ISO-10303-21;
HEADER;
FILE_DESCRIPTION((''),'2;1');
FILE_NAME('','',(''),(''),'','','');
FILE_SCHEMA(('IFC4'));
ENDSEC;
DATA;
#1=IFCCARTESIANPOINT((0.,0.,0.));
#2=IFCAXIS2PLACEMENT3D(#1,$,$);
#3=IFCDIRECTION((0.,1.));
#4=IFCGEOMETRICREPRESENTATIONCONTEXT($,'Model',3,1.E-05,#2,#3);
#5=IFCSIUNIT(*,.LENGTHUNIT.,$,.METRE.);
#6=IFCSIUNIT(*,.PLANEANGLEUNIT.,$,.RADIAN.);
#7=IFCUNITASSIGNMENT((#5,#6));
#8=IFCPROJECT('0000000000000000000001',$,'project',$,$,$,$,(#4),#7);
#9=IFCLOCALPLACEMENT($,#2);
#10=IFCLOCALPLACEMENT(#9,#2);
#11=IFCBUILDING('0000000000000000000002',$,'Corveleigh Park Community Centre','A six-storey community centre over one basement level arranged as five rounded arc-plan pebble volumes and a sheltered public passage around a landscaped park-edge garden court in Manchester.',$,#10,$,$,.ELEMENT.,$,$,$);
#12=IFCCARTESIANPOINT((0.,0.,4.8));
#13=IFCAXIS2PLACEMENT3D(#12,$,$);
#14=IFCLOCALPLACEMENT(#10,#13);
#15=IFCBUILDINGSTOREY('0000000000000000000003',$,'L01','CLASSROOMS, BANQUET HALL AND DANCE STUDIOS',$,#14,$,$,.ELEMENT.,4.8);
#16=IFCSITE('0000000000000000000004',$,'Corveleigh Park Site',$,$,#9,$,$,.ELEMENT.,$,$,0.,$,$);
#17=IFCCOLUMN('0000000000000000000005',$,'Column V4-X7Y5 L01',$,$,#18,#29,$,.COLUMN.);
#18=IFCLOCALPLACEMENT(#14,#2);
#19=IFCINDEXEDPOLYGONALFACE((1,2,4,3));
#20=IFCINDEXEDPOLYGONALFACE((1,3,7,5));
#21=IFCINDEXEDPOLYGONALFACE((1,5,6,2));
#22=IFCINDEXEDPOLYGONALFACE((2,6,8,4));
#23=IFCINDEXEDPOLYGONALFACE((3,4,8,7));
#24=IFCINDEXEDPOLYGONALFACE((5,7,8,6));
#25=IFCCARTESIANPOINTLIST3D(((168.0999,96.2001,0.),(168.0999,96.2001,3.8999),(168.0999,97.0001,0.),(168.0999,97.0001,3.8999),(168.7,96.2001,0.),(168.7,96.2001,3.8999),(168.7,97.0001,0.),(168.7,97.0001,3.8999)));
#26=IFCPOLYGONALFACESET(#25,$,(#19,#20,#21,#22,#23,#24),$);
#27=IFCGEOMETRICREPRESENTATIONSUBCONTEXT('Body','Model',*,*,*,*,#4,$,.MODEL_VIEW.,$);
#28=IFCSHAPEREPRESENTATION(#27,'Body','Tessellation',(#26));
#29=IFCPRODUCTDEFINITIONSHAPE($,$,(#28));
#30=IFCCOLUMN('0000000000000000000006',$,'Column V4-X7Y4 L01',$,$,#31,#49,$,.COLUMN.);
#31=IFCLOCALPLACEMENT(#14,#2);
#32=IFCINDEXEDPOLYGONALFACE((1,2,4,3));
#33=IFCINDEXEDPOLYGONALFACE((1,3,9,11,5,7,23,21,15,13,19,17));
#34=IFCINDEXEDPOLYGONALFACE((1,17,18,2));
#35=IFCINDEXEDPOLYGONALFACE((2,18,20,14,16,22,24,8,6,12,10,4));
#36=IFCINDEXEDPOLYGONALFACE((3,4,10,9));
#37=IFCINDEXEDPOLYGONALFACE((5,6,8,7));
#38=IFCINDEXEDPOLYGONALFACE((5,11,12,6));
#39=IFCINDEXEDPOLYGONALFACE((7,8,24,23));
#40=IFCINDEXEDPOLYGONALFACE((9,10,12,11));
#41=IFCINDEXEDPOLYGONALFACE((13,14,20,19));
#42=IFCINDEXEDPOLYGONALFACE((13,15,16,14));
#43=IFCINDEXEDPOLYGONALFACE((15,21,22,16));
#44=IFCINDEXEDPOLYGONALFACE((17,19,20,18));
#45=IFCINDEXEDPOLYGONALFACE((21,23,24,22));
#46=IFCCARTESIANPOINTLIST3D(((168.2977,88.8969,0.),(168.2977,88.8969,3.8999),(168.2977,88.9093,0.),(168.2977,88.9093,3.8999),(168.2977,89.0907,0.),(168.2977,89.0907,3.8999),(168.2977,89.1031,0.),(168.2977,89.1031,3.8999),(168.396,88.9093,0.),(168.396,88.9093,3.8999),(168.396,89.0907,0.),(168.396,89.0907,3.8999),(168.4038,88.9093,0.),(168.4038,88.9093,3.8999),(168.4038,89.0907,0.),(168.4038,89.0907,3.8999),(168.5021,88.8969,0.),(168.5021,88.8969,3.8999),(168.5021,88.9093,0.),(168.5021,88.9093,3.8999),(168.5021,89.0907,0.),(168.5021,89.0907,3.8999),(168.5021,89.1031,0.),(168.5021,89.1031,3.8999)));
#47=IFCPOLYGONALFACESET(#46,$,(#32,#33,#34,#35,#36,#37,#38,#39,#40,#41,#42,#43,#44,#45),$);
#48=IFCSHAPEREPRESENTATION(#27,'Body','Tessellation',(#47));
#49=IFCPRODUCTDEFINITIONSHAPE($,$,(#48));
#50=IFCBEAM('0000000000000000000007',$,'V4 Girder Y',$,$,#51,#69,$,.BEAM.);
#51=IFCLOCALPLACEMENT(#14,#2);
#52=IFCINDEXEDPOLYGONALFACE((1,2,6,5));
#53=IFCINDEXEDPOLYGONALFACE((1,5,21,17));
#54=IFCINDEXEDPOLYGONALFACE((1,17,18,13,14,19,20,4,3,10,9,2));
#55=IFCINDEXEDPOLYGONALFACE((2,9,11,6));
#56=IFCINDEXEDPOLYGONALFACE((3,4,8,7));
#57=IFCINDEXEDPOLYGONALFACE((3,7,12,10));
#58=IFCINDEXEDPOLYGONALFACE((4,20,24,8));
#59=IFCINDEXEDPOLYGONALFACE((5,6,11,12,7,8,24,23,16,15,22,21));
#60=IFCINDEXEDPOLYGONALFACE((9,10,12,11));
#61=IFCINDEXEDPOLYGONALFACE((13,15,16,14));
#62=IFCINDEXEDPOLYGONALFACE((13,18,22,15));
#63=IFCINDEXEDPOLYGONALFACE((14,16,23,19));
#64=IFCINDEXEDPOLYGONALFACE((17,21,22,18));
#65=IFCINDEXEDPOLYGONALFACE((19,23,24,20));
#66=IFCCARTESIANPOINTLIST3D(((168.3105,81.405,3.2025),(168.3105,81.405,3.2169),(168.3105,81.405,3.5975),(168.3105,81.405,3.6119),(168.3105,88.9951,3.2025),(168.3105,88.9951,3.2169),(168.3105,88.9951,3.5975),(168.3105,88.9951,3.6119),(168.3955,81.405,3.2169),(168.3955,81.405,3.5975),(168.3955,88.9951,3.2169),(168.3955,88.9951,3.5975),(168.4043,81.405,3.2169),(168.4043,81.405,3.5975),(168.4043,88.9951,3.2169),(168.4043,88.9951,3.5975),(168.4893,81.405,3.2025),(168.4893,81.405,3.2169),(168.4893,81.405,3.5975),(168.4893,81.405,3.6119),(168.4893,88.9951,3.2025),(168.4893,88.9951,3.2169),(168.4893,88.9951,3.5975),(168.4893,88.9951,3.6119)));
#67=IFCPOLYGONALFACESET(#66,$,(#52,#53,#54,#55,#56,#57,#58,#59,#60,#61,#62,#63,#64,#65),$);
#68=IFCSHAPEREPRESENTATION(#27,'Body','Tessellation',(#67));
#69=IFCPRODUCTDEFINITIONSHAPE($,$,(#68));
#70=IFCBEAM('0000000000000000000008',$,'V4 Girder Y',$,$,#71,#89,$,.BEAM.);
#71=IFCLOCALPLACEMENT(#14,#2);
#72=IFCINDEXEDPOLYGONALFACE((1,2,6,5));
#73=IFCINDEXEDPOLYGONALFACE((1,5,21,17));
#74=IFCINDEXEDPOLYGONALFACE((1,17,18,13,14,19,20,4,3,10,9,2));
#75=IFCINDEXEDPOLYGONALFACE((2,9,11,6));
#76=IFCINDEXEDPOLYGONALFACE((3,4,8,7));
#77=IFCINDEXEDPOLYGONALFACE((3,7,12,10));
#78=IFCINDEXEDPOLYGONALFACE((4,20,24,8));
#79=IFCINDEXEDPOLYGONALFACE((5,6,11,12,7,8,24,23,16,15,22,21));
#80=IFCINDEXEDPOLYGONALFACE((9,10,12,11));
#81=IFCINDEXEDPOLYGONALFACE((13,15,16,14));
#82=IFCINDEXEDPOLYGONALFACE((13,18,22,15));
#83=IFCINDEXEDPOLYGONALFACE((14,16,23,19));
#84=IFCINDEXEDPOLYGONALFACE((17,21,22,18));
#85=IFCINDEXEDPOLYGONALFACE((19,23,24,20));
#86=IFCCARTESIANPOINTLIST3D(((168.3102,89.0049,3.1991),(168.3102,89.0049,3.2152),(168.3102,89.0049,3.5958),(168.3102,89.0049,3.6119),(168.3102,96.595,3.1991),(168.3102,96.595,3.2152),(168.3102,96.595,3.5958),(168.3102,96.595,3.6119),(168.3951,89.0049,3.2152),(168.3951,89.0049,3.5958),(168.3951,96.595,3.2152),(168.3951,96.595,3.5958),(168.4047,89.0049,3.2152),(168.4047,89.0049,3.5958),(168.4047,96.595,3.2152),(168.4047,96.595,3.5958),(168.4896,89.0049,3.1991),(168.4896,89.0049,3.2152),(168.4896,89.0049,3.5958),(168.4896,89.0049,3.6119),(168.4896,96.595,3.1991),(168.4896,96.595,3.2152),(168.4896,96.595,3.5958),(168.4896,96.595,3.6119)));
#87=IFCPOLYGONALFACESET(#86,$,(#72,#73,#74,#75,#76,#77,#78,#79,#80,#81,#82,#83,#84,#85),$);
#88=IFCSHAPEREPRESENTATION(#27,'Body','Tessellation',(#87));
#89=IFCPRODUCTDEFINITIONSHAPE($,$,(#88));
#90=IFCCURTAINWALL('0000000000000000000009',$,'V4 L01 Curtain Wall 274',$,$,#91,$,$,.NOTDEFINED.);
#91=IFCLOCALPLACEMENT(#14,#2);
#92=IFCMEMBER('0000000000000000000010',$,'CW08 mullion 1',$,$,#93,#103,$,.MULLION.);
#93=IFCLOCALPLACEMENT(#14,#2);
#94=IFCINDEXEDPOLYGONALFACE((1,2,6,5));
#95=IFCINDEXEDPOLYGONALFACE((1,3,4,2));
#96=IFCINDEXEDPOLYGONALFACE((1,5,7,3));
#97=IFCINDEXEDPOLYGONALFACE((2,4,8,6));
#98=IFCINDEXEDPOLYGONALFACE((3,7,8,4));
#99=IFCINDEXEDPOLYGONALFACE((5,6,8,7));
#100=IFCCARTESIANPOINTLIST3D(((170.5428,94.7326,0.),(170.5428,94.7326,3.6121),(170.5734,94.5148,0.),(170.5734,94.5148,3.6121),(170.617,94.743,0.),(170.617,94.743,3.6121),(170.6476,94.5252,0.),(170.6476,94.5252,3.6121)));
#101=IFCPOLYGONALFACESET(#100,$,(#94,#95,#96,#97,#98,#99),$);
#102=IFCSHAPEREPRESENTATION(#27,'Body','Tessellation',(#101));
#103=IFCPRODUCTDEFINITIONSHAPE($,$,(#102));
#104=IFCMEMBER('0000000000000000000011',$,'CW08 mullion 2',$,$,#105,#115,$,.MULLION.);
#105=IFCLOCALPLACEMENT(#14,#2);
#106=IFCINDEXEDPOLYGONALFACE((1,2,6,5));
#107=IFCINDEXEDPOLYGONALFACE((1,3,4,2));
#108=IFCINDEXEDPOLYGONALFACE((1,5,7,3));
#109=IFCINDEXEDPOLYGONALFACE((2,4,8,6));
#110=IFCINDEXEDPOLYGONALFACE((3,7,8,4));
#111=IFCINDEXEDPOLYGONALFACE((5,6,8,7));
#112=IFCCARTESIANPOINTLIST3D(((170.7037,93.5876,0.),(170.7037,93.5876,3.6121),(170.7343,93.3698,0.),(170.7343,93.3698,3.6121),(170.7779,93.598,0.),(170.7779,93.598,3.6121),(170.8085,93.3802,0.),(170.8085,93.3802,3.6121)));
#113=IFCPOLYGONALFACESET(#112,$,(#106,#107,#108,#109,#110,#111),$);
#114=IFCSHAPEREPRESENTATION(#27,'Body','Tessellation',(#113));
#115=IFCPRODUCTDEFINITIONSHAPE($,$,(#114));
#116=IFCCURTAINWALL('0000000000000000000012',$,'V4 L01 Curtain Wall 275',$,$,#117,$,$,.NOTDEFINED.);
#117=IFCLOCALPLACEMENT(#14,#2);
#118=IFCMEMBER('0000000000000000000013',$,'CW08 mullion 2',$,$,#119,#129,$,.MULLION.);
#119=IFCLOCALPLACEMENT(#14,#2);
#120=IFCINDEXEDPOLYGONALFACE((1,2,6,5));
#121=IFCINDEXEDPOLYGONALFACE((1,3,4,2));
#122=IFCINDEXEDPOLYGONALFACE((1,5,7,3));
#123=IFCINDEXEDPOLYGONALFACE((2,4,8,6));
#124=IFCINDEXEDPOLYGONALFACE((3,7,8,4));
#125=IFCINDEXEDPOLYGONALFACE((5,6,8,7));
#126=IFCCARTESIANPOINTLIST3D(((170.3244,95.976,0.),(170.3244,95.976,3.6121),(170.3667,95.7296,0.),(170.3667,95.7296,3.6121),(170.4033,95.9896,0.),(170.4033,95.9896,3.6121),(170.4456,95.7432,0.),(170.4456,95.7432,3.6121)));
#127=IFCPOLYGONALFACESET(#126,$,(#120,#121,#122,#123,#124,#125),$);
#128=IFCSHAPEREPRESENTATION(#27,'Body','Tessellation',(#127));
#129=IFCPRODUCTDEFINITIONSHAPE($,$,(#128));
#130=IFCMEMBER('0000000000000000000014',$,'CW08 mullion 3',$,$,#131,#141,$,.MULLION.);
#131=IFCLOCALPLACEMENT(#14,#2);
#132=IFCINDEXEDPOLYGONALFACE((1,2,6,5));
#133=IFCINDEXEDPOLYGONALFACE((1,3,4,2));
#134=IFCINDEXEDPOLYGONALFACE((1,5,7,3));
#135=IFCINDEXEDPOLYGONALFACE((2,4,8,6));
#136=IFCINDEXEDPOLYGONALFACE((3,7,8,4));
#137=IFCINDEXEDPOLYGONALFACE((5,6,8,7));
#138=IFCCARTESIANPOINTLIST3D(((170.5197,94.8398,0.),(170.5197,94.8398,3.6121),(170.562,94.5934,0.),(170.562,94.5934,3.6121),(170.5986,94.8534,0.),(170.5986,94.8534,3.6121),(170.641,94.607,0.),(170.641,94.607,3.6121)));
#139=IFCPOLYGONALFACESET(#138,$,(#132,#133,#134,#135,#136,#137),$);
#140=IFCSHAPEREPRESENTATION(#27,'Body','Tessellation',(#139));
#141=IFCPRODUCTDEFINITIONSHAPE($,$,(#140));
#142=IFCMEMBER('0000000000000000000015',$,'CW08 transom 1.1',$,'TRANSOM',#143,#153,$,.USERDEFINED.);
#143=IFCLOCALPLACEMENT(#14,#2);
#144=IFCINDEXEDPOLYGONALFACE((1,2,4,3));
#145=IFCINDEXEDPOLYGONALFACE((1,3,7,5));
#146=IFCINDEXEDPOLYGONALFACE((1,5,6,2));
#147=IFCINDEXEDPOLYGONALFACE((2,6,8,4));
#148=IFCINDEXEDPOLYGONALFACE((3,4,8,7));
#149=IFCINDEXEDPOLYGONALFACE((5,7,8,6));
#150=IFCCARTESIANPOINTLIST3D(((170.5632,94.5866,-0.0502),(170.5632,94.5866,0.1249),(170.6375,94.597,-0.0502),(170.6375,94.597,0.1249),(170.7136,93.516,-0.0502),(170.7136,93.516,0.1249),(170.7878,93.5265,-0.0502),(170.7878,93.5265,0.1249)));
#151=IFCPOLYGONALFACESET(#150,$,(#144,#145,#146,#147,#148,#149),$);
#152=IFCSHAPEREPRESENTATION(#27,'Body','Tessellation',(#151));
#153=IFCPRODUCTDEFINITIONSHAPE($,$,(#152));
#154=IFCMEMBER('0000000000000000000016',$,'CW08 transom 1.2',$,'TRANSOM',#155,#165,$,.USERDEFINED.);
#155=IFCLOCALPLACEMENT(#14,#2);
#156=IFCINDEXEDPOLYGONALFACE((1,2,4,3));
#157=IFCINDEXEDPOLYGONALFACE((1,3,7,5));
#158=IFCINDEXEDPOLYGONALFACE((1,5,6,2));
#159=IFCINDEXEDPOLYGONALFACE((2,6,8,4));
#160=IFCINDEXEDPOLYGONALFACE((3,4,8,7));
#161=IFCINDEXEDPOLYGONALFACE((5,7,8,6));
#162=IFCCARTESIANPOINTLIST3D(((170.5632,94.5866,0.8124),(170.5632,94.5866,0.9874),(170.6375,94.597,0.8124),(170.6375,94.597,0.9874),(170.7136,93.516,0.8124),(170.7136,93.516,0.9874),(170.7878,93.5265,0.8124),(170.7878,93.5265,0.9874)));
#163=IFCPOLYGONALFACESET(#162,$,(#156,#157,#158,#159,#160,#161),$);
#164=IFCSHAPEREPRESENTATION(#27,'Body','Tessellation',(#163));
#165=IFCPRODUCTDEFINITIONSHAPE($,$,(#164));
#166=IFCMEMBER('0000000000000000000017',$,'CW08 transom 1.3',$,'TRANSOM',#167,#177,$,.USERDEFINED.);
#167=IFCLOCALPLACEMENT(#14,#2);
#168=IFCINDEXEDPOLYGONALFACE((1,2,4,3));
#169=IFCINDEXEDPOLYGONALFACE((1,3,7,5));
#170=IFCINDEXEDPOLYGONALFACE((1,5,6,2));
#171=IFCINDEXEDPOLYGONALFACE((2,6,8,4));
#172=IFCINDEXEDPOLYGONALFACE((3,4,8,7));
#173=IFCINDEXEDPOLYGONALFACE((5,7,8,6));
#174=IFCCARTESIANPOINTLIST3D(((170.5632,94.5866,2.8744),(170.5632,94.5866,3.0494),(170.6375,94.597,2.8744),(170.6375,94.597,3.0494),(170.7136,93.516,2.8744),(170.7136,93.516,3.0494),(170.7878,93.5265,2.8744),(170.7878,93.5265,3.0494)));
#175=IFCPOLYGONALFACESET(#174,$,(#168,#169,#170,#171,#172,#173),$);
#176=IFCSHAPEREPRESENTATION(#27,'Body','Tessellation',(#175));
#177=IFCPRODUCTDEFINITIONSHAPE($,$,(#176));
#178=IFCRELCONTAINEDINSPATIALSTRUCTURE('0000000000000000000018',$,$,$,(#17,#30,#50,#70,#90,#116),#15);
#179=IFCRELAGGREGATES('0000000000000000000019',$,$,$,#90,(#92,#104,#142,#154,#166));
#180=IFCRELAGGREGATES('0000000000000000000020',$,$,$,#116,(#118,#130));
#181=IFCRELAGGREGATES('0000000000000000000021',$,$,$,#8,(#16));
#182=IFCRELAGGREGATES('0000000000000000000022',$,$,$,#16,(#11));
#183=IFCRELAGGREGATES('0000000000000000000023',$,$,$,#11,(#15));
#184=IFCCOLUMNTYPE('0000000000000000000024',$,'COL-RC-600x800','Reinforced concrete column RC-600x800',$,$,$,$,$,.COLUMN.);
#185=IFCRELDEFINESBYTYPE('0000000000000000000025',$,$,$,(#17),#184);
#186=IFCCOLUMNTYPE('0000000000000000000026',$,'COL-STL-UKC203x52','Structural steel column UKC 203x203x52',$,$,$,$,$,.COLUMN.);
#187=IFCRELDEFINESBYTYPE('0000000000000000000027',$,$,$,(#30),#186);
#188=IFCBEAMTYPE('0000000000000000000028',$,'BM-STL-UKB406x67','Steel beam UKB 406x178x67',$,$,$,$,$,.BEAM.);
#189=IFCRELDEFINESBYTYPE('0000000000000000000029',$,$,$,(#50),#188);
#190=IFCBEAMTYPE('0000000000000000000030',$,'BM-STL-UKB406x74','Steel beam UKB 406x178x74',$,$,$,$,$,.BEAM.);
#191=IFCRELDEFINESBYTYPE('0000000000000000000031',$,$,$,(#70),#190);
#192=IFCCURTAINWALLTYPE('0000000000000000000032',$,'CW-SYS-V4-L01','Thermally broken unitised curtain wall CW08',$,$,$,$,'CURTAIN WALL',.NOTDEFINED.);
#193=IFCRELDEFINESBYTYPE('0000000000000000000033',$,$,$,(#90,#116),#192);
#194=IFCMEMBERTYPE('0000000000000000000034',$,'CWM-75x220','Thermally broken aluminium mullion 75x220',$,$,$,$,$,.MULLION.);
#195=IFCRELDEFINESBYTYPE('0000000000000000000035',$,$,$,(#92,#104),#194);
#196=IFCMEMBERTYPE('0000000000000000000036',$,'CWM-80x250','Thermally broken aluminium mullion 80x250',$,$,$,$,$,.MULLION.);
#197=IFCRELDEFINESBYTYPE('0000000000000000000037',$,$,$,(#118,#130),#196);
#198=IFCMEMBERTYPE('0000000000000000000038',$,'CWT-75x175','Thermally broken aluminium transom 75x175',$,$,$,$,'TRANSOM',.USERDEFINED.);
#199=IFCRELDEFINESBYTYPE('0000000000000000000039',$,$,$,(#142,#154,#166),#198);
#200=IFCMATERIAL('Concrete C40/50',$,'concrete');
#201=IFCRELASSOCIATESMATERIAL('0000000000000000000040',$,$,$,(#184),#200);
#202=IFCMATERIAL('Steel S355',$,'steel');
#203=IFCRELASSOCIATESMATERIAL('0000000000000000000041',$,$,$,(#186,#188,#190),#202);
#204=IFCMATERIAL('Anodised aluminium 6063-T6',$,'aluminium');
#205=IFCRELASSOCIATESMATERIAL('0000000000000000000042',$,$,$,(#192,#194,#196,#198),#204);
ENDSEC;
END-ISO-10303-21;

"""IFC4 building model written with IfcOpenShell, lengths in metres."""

from ifc_helpers import new_model, si_unit, direction, frame, origin, origin_2d, place, context, subcontext, project, spatial, rectangle, i_section, extrude, material, material_profile, profile_set, type_object, element, aggregate, save


model = new_model("IFC4")

# Units and contexts
model_context = context("Model", 3, precision=1e-05, world=origin(), true_north=direction((0.0, 1.0)))
body_context = subcontext(model_context, "Body", "Model", "MODEL_VIEW")
ifc_project = project(units=[si_unit("LENGTHUNIT", "METRE"), si_unit("PLANEANGLEUNIT", "RADIAN")], contexts=[model_context])

# Site, building, storey
site_placement = place(None, origin())
site = spatial("IfcSite", under=ifc_project, at=site_placement, Name="Corveleigh Park Site", CompositionType="ELEMENT", RefElevation=0.0)
building_placement = place(site_placement, origin())
building = spatial("IfcBuilding", under=site, at=building_placement, Name="Corveleigh Park Community Centre", Description="A six-storey community centre over one basement level arranged as five rounded arc-plan pebble volumes and a sheltered public passage around a landscaped park-edge garden court in Manchester.", CompositionType="ELEMENT")
storey_placement = place(building_placement, frame((0.0, 0.0, 4.8)))
storey = spatial("IfcBuildingStorey", under=building, at=storey_placement, Name="L01", Description="CLASSROOMS, BANQUET HALL AND DANCE STUDIOS", CompositionType="ELEMENT", Elevation=4.8)

# Columns
ifc_material_1 = material(Name="Concrete C40/50", Category="concrete")
ifc_material_profile_1 = material_profile(ifc_material_1, rectangle(XDim=0.6001, YDim=0.8, at=origin_2d()), Name="RC-600x800", Category="concrete")
ifc_profile_set_1 = profile_set([ifc_material_profile_1], Name="Concrete C40/50")
column_type_1 = type_object("IfcColumnType", Name="COL-RC-600x800", Description="Reinforced concrete column RC-600x800", PredefinedType="COLUMN", material=ifc_profile_set_1)
column_1_placement = place(storey_placement, frame((168.3999, 96.6001, 0.0), z_axis=(0.0, 0.0, 1.0), x_axis=(1.0, 0.0, 0.0)))
element("IfcColumn", 1, at=column_1_placement, inside=storey, type_object=column_type_1, Name="Column V4-X7Y5 L01", PredefinedType="COLUMN", context=body_context, shape_type="SweptSolid", body=[
    extrude(rectangle(XDim=0.6001, YDim=0.8, at=origin_2d()), origin(), (0.0, 0.0, 1.0), 3.8999),
])
ifc_material_2 = material(Name="Steel S355", Category="steel")
ifc_material_profile_2 = material_profile(ifc_material_2, i_section(OverallWidth=0.2043, OverallDepth=0.2063, WebThickness=0.0078, FlangeThickness=0.0125, at=origin_2d()), Name="UKC 203x203x52", Category="steel")
ifc_profile_set_2 = profile_set([ifc_material_profile_2], Name="Steel S355")
column_type_2 = type_object("IfcColumnType", Name="COL-STL-UKC203x52", Description="Structural steel column UKC 203x203x52", PredefinedType="COLUMN", material=ifc_profile_set_2)
column_2_placement = place(storey_placement, frame((168.3999, 89.0, 0.0), z_axis=(0.0, 0.0, 1.0), x_axis=(1.0, 0.0, 0.0)))
element("IfcColumn", 2, at=column_2_placement, inside=storey, type_object=column_type_2, Name="Column V4-X7Y4 L01", PredefinedType="COLUMN", context=body_context, shape_type="SweptSolid", body=[
    extrude(i_section(OverallWidth=0.2043, OverallDepth=0.2063, WebThickness=0.0078, FlangeThickness=0.0125, at=origin_2d()), origin(), (0.0, 0.0, 1.0), 3.8999),
])

# Beams
ifc_material_profile_3 = material_profile(ifc_material_2, i_section(OverallWidth=0.1787, OverallDepth=0.4094, WebThickness=0.0088, FlangeThickness=0.0144, at=origin_2d()), Name="UKB 406x178x67", Category="steel")
ifc_profile_set_3 = profile_set([ifc_material_profile_3], Name="Steel S355")
beam_type_1 = type_object("IfcBeamType", Name="BM-STL-UKB406x67", Description="Steel beam UKB 406x178x67", PredefinedType="BEAM", material=ifc_profile_set_3)
beam_1_placement = place(storey_placement, frame((168.3999, 81.405, 3.4072), z_axis=(0.0, 1.0, 0.0), x_axis=(-1.0, 0.0, 0.0)))
element("IfcBeam", 3, at=beam_1_placement, inside=storey, type_object=beam_type_1, Name="V4 Girder Y", PredefinedType="BEAM", context=body_context, shape_type="SweptSolid", body=[
    extrude(i_section(OverallWidth=0.1787, OverallDepth=0.4094, WebThickness=0.0088, FlangeThickness=0.0144, at=origin_2d()), origin(), (0.0, 0.0, 1.0), 7.5901),
])
ifc_material_profile_4 = material_profile(ifc_material_2, i_section(OverallWidth=0.1794, OverallDepth=0.4128, WebThickness=0.0095, FlangeThickness=0.0161, at=origin_2d()), Name="UKB 406x178x74", Category="steel")
ifc_profile_set_4 = profile_set([ifc_material_profile_4], Name="Steel S355")
beam_type_2 = type_object("IfcBeamType", Name="BM-STL-UKB406x74", Description="Steel beam UKB 406x178x74", PredefinedType="BEAM", material=ifc_profile_set_4)
beam_2_placement = place(storey_placement, frame((168.3999, 89.0049, 3.4055), z_axis=(0.0, 1.0, 0.0), x_axis=(-1.0, 0.0, 0.0)))
element("IfcBeam", 4, at=beam_2_placement, inside=storey, type_object=beam_type_2, Name="V4 Girder Y", PredefinedType="BEAM", context=body_context, shape_type="SweptSolid", body=[
    extrude(i_section(OverallWidth=0.1794, OverallDepth=0.4128, WebThickness=0.0095, FlangeThickness=0.0161, at=origin_2d()), origin(), (0.0, 0.0, 1.0), 7.5901),
])

# Curtain walls, members
ifc_material_3 = material(Name="Anodised aluminium 6063-T6", Category="aluminium")
curtain_wall_type = type_object("IfcCurtainWallType", Name="CW-SYS-V4-L01", Description="Thermally broken unitised curtain wall CW08", ElementType="CURTAIN WALL", PredefinedType="NOTDEFINED", material=ifc_material_3)
curtain_wall_1_placement = place(storey_placement, origin())
curtain_wall_1 = element("IfcCurtainWall", 5, at=curtain_wall_1_placement, inside=storey, type_object=curtain_wall_type, Name="V4 L01 Curtain Wall 274", PredefinedType="NOTDEFINED")
ifc_material_profile_5 = material_profile(ifc_material_3, rectangle(XDim=0.075, YDim=0.22, at=origin_2d()), Name="ALU-M75x220", Category="aluminium")
ifc_profile_set_5 = profile_set([ifc_material_profile_5], Name="Anodised aluminium 6063-T6")
member_type_1 = type_object("IfcMemberType", Name="CWM-75x220", Description="Thermally broken aluminium mullion 75x220", PredefinedType="MULLION", material=ifc_profile_set_5)
member_1_placement = place(storey_placement, frame((170.5952, 94.6289, 0.0), z_axis=(0.0, 0.0, 1.0), x_axis=(0.990282, 0.139075, 0.0)))
member_1 = element("IfcMember", 6, at=member_1_placement, type_object=member_type_1, Name="CW08 mullion 1", PredefinedType="MULLION", context=body_context, shape_type="SweptSolid", body=[
    extrude(rectangle(XDim=0.075, YDim=0.22, at=origin_2d()), origin(), (0.0, 0.0, 1.0), 3.6121),
])
member_2_placement = place(storey_placement, frame((170.7561, 93.4839, 0.0), z_axis=(0.0, 0.0, 1.0), x_axis=(0.990282, 0.139075, 0.0)))
member_2 = element("IfcMember", 7, at=member_2_placement, type_object=member_type_1, Name="CW08 mullion 2", PredefinedType="MULLION", context=body_context, shape_type="SweptSolid", body=[
    extrude(rectangle(XDim=0.075, YDim=0.22, at=origin_2d()), origin(), (0.0, 0.0, 1.0), 3.6121),
])
curtain_wall_2_placement = place(storey_placement, origin())
curtain_wall_2 = element("IfcCurtainWall", 8, at=curtain_wall_2_placement, inside=storey, type_object=curtain_wall_type, Name="V4 L01 Curtain Wall 275", PredefinedType="NOTDEFINED")
ifc_material_profile_6 = material_profile(ifc_material_3, rectangle(XDim=0.0801, YDim=0.25, at=origin_2d()), Name="ALU-M80x250", Category="aluminium")
ifc_profile_set_6 = profile_set([ifc_material_profile_6], Name="Anodised aluminium 6063-T6")
member_type_2 = type_object("IfcMemberType", Name="CWM-80x250", Description="Thermally broken aluminium mullion 80x250", PredefinedType="MULLION", material=ifc_profile_set_6)
member_3_placement = place(storey_placement, frame((170.385, 95.8596, 0.0), z_axis=(0.0, 0.0, 1.0), x_axis=(0.985554, 0.169359, 0.0)))
member_3 = element("IfcMember", 9, at=member_3_placement, type_object=member_type_2, Name="CW08 mullion 2", PredefinedType="MULLION", context=body_context, shape_type="SweptSolid", body=[
    extrude(rectangle(XDim=0.0801, YDim=0.25, at=origin_2d()), origin(), (0.0, 0.0, 1.0), 3.6121),
])
member_4_placement = place(storey_placement, frame((170.5803, 94.7234, 0.0), z_axis=(0.0, 0.0, 1.0), x_axis=(0.985554, 0.169359, 0.0)))
member_4 = element("IfcMember", 10, at=member_4_placement, type_object=member_type_2, Name="CW08 mullion 3", PredefinedType="MULLION", context=body_context, shape_type="SweptSolid", body=[
    extrude(rectangle(XDim=0.0801, YDim=0.25, at=origin_2d()), origin(), (0.0, 0.0, 1.0), 3.6121),
])

# Members
ifc_material_profile_7 = material_profile(ifc_material_3, rectangle(XDim=0.075, YDim=0.175, at=origin_2d()), Name="ALU-T75x175", Category="aluminium")
ifc_profile_set_7 = profile_set([ifc_material_profile_7], Name="Anodised aluminium 6063-T6")
member_type_3 = type_object("IfcMemberType", Name="CWT-75x175", Description="Thermally broken aluminium transom 75x175", ElementType="TRANSOM", PredefinedType="USERDEFINED", material=ifc_profile_set_7)
member_5_placement = place(storey_placement, frame((170.6003, 94.5918, 0.0374), z_axis=(0.139113, -0.990277, 0.0), x_axis=(0.990277, 0.139113, 0.0)))
member_5 = element("IfcMember", 11, at=member_5_placement, type_object=member_type_3, Name="CW08 transom 1.1", ObjectType="TRANSOM", PredefinedType="USERDEFINED", context=body_context, shape_type="SweptSolid", body=[
    extrude(rectangle(XDim=0.075, YDim=0.175, at=origin_2d()), origin(), (0.0, 0.0, 1.0), 1.0811),
])
member_6_placement = place(storey_placement, frame((170.6003, 94.5918, 0.8999), z_axis=(0.139113, -0.990277, 0.0), x_axis=(0.990277, 0.139113, 0.0)))
member_6 = element("IfcMember", 12, at=member_6_placement, type_object=member_type_3, Name="CW08 transom 1.2", ObjectType="TRANSOM", PredefinedType="USERDEFINED", context=body_context, shape_type="SweptSolid", body=[
    extrude(rectangle(XDim=0.075, YDim=0.175, at=origin_2d()), origin(), (0.0, 0.0, 1.0), 1.0811),
])
member_7_placement = place(storey_placement, frame((170.6003, 94.5918, 2.9619), z_axis=(0.139113, -0.990277, 0.0), x_axis=(0.990277, 0.139113, 0.0)))
member_7 = element("IfcMember", 13, at=member_7_placement, type_object=member_type_3, Name="CW08 transom 1.3", ObjectType="TRANSOM", PredefinedType="USERDEFINED", context=body_context, shape_type="SweptSolid", body=[
    extrude(rectangle(XDim=0.075, YDim=0.175, at=origin_2d()), origin(), (0.0, 0.0, 1.0), 1.0811),
])

aggregate(curtain_wall_1, [member_1, member_2, member_5, member_6, member_7])
aggregate(curtain_wall_2, [member_3, member_4])

save(model, "model.ifc")
